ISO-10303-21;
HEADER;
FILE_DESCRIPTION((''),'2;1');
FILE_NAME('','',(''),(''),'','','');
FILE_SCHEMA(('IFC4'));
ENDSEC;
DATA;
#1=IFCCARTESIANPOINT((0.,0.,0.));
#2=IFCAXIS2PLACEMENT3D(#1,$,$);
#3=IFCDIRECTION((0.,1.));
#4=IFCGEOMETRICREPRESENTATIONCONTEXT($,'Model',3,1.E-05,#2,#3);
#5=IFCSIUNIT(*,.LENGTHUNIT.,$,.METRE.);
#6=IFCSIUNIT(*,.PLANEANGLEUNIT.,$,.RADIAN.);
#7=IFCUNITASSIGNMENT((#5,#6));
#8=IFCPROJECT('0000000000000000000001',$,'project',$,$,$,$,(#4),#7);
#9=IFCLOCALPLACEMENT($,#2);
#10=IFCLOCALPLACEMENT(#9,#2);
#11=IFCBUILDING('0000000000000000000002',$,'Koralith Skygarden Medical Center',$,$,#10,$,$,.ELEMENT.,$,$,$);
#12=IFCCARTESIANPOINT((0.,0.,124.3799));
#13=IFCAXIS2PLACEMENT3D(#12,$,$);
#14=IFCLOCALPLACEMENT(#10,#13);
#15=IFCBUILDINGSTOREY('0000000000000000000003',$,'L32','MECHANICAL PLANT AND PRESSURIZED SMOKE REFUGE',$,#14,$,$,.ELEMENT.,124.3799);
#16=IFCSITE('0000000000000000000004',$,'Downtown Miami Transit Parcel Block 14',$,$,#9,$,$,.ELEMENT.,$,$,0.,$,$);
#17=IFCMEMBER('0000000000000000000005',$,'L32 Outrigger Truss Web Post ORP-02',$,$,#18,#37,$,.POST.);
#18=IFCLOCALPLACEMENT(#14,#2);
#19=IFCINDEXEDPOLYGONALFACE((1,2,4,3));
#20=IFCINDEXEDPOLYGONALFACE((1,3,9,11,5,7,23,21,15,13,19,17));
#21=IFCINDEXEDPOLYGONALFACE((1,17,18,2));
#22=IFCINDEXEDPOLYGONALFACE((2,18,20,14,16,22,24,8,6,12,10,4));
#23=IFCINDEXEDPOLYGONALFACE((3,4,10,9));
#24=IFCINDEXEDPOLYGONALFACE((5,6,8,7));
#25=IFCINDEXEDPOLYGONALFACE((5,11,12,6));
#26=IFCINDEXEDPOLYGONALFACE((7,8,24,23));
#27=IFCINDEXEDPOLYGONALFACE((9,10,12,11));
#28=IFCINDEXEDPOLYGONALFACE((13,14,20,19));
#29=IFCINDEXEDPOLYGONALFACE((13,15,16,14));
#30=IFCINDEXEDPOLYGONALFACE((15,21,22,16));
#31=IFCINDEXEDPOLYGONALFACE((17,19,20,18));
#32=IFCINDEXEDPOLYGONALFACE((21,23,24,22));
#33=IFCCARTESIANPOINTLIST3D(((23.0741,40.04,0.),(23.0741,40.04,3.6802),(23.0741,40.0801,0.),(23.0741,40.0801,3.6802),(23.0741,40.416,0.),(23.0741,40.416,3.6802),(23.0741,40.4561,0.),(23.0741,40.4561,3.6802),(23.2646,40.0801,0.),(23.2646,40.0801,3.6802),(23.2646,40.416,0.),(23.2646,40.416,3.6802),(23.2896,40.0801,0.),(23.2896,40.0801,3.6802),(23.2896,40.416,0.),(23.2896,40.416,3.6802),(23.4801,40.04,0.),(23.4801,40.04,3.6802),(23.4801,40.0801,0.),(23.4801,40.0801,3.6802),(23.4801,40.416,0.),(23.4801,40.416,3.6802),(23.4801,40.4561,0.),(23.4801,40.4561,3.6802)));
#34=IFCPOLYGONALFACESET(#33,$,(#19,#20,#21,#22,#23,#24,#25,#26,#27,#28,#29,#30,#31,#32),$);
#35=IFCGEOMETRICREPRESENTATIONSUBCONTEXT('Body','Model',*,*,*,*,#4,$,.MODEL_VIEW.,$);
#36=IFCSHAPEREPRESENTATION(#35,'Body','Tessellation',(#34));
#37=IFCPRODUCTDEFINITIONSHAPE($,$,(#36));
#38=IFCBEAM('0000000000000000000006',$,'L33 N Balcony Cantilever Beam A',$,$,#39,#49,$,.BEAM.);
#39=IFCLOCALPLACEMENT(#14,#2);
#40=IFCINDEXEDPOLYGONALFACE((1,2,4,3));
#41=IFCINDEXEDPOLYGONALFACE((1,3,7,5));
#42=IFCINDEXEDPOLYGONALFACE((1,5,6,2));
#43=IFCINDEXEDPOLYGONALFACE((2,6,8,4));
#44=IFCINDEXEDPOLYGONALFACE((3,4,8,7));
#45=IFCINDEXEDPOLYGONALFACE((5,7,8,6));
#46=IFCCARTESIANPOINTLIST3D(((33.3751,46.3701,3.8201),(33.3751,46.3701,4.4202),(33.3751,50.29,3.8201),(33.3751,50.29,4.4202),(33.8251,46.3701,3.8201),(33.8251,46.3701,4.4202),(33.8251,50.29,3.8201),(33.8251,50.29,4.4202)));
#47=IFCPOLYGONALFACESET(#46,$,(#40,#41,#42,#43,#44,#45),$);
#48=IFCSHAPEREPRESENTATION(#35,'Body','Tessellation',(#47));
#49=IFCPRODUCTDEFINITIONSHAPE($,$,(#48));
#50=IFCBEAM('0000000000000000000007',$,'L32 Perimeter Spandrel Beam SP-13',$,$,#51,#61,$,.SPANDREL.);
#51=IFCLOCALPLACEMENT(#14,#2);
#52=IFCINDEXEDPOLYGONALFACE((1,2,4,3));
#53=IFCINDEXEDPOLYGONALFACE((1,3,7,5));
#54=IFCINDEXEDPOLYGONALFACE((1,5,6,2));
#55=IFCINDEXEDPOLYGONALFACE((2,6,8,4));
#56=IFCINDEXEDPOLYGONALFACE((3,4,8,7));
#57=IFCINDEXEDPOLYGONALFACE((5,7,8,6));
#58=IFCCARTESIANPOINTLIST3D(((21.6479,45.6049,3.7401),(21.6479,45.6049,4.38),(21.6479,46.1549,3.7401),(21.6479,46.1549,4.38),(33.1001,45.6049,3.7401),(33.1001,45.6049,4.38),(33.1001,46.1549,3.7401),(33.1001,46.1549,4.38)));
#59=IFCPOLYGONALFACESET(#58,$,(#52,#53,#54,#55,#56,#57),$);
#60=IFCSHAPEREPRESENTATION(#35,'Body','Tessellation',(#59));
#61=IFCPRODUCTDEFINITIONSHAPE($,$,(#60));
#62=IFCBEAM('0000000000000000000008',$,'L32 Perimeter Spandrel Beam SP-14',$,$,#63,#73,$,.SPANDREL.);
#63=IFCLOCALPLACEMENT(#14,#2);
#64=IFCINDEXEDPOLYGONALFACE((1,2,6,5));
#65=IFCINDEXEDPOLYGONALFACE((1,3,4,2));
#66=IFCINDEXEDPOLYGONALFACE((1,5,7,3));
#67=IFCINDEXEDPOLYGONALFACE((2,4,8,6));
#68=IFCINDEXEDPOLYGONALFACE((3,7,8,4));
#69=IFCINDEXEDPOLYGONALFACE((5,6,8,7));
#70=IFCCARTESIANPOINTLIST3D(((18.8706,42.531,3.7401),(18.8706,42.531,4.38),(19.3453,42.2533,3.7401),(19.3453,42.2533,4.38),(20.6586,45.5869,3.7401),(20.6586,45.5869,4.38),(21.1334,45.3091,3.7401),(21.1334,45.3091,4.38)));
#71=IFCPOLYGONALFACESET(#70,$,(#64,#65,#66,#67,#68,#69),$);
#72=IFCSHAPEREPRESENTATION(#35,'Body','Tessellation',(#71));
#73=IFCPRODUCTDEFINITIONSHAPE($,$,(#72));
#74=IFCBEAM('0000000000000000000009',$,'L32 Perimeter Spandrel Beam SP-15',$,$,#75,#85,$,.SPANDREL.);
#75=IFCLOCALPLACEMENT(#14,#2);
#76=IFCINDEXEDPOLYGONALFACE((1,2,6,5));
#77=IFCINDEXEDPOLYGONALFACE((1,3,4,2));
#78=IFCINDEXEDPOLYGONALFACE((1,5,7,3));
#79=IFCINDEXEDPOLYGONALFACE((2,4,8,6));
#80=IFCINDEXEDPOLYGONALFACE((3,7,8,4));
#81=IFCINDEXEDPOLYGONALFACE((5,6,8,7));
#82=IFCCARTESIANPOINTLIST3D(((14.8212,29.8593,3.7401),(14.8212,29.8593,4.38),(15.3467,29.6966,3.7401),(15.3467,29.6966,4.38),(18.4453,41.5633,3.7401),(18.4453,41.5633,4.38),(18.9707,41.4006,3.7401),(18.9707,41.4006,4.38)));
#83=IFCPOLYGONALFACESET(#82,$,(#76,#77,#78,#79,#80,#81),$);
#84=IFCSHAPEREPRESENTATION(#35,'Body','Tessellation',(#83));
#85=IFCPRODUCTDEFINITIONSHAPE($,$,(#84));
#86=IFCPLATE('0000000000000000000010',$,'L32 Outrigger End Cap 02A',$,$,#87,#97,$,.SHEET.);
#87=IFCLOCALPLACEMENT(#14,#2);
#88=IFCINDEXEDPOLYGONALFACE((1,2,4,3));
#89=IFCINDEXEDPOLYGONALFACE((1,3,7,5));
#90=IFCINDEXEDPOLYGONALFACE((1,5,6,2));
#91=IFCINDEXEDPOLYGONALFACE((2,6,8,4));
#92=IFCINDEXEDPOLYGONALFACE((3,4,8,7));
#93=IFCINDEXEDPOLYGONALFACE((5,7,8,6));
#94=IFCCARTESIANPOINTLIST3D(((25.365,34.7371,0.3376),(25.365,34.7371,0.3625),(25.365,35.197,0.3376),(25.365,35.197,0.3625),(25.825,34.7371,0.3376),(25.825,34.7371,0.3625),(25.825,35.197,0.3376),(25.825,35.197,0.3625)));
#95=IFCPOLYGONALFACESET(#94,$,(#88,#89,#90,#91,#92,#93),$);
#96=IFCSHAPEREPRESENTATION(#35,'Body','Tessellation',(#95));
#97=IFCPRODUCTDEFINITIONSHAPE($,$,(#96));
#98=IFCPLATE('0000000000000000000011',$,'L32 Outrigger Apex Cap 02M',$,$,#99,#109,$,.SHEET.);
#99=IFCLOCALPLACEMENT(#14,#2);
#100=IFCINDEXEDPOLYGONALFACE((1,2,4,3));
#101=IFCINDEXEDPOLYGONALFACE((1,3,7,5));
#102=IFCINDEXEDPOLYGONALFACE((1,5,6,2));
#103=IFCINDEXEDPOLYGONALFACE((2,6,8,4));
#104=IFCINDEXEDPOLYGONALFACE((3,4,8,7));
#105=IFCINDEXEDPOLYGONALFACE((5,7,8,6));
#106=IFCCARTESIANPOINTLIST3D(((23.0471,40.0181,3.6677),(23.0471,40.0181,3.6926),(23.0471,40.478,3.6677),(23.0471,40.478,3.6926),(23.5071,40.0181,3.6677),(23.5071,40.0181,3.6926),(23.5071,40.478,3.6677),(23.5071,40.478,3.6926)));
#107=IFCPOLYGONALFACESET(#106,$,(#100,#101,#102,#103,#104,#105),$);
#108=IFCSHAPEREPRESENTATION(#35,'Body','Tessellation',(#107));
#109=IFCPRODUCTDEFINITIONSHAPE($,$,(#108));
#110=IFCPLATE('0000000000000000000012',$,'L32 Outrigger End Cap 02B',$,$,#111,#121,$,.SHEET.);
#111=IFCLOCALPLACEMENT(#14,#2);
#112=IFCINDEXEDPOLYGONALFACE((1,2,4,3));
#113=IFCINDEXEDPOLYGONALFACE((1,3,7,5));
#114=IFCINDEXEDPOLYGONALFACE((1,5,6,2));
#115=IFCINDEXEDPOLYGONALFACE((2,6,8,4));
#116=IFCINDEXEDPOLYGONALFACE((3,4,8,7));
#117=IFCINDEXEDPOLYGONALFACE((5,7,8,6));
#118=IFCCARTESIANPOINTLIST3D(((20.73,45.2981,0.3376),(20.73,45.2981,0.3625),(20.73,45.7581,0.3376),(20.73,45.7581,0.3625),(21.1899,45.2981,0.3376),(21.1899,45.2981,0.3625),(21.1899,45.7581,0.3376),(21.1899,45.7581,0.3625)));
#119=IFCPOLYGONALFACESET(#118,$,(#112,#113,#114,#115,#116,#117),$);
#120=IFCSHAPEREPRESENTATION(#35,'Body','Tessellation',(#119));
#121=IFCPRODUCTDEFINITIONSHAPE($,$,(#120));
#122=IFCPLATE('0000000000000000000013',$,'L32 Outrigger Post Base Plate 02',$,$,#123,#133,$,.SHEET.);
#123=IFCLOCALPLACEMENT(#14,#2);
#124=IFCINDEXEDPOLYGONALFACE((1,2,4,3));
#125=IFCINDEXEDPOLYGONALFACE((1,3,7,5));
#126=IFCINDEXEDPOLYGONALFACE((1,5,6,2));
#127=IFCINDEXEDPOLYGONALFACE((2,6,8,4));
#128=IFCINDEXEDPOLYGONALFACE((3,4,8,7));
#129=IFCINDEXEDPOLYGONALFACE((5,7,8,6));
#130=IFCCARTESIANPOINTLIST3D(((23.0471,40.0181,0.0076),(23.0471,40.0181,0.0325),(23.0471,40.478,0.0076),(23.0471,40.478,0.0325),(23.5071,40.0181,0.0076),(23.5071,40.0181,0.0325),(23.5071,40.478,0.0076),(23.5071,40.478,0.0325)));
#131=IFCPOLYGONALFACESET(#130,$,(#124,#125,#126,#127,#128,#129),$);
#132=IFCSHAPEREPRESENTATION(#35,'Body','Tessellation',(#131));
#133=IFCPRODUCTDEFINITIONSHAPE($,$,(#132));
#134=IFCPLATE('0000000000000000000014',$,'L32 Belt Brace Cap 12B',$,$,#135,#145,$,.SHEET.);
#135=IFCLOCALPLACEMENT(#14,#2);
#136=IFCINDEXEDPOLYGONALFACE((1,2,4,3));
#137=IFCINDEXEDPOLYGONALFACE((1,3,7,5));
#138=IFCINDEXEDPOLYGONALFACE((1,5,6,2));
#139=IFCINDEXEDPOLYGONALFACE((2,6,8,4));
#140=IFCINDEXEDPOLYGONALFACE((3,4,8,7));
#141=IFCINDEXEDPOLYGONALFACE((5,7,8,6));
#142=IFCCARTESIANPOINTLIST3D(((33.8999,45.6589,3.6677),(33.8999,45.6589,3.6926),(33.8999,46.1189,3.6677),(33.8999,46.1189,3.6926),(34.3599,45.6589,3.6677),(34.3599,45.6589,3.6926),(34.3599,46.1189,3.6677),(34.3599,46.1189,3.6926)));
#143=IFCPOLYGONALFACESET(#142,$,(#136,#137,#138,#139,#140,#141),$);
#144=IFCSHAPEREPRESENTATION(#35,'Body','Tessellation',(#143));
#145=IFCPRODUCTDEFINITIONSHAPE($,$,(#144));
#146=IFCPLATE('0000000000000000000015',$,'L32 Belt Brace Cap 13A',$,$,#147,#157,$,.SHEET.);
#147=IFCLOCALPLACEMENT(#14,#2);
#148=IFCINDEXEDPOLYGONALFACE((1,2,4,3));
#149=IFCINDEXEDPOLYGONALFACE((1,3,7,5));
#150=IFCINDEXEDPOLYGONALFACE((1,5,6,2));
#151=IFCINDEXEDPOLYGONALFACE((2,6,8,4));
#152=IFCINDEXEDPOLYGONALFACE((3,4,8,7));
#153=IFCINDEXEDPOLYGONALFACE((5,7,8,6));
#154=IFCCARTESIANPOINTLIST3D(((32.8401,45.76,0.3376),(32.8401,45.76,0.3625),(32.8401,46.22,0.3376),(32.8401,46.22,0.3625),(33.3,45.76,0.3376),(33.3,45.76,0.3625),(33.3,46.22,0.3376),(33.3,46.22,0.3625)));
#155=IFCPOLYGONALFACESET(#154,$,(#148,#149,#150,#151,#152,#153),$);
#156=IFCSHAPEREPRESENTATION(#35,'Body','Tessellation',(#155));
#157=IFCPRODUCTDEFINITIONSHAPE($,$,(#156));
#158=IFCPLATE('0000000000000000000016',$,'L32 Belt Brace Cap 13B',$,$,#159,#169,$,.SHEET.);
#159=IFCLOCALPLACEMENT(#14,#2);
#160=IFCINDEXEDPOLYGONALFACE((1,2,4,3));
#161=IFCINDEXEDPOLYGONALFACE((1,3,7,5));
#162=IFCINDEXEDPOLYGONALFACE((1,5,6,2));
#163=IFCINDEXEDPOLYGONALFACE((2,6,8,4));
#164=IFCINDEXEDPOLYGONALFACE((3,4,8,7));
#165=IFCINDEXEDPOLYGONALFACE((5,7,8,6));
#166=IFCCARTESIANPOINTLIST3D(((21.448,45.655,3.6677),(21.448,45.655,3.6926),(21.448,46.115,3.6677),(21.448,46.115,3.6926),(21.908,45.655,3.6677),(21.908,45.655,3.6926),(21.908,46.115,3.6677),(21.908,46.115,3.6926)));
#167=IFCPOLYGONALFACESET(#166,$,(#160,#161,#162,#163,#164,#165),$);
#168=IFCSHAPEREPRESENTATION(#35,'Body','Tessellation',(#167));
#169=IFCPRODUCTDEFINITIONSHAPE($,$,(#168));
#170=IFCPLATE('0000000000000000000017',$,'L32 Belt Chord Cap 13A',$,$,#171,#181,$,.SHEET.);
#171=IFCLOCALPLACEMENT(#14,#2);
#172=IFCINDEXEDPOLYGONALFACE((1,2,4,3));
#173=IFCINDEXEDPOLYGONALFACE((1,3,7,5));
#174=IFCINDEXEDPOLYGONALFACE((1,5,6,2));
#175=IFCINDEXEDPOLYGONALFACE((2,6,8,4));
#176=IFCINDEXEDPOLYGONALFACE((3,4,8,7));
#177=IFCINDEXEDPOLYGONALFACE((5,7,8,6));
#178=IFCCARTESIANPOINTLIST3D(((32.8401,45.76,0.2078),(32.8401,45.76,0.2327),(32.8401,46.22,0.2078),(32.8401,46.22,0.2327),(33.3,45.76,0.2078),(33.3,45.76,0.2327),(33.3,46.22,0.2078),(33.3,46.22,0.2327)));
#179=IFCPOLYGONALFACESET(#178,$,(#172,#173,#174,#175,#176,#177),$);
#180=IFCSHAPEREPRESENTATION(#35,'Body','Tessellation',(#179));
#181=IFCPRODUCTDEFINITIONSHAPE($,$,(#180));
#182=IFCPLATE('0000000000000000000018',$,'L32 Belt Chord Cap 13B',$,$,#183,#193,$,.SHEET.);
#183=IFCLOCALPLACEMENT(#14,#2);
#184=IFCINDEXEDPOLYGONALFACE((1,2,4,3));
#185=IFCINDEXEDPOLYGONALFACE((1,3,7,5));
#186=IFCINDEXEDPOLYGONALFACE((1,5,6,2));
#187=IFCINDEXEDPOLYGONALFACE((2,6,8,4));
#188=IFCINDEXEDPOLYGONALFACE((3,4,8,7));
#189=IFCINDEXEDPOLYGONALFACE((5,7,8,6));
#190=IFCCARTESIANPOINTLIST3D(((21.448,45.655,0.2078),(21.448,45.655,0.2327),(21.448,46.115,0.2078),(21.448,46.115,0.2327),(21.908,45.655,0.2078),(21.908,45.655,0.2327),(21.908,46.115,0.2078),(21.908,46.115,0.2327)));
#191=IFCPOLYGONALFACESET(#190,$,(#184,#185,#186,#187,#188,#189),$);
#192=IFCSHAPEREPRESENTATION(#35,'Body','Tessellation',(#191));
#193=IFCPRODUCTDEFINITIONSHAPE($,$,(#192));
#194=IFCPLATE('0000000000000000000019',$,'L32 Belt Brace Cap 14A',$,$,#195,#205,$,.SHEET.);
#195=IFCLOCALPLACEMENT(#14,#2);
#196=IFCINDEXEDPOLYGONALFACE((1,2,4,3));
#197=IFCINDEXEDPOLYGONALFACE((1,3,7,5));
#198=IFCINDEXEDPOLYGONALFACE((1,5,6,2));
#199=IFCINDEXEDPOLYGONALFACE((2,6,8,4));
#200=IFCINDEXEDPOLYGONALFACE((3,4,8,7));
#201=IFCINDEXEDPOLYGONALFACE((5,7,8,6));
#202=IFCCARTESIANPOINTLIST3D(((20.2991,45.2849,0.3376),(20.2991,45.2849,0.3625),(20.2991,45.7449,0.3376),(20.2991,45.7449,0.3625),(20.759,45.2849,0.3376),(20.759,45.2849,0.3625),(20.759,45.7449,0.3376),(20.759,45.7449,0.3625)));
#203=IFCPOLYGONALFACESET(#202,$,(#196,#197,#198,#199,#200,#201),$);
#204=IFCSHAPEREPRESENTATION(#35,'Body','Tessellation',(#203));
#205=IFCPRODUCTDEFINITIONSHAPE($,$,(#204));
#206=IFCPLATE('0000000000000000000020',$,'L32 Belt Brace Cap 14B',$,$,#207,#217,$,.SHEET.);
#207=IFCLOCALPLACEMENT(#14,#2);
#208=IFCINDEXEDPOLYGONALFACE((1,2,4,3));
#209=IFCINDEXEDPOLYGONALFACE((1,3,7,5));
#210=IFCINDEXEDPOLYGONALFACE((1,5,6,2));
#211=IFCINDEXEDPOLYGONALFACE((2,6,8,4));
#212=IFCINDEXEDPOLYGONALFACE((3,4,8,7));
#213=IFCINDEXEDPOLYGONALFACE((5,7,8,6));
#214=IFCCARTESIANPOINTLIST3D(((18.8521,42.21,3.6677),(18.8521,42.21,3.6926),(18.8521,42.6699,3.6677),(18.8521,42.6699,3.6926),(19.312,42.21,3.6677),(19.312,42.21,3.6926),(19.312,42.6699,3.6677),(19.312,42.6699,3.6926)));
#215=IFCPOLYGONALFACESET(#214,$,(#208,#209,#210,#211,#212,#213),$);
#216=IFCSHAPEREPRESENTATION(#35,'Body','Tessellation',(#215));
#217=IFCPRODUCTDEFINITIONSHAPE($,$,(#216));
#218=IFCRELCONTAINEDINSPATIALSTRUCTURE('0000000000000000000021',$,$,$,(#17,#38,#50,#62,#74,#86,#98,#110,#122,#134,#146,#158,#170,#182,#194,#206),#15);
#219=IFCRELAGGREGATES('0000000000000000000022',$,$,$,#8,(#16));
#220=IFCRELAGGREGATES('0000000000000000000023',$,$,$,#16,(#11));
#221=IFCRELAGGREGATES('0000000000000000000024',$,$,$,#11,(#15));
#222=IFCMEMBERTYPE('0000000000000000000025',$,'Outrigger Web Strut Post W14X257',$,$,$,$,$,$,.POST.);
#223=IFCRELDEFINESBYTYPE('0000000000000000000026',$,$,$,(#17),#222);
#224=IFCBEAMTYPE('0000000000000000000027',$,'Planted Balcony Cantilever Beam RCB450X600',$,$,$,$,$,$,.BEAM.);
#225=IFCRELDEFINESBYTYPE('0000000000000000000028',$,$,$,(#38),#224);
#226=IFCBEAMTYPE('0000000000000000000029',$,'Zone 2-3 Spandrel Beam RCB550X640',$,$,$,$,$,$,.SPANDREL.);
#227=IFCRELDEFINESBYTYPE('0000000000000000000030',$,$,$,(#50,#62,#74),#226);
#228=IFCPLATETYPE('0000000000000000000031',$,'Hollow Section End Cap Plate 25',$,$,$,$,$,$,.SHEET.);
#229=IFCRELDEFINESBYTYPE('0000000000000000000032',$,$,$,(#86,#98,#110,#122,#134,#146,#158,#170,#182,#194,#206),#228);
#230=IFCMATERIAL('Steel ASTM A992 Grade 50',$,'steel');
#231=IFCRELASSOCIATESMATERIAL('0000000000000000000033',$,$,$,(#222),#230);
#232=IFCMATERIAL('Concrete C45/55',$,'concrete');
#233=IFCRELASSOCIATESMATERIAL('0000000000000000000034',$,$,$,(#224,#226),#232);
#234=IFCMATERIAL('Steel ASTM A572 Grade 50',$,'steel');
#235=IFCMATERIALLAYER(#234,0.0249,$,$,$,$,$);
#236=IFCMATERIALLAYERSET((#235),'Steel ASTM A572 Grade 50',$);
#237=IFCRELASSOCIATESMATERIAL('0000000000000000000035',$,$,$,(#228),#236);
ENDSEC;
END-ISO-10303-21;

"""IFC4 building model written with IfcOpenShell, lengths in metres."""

from ifc_helpers import new_model, si_unit, direction, frame, origin, origin_2d, place, context, subcontext, project, spatial, rectangle, i_section, extrude, material, layer, layer_set, material_profile, profile_set, type_object, element, save


model = new_model("IFC4")

# Units and contexts
model_context = context("Model", 3, precision=1e-05, world=origin(), true_north=direction((0.0, 1.0)))
body_context = subcontext(model_context, "Body", "Model", "MODEL_VIEW")
ifc_project = project(units=[si_unit("LENGTHUNIT", "METRE"), si_unit("PLANEANGLEUNIT", "RADIAN")], contexts=[model_context])

# Site, building, storey
site_placement = place(None, origin())
site = spatial("IfcSite", under=ifc_project, at=site_placement, Name="Downtown Miami Transit Parcel Block 14", CompositionType="ELEMENT", RefElevation=0.0)
building_placement = place(site_placement, origin())
building = spatial("IfcBuilding", under=site, at=building_placement, Name="Koralith Skygarden Medical Center", CompositionType="ELEMENT")
storey_placement = place(building_placement, frame((0.0, 0.0, 124.3799)))
storey = spatial("IfcBuildingStorey", under=building, at=storey_placement, Name="L32", Description="MECHANICAL PLANT AND PRESSURIZED SMOKE REFUGE", CompositionType="ELEMENT", Elevation=124.3799)

# Shared definitions
ifc_material_1 = material(Name="Steel ASTM A992 Grade 50", Category="steel")

# Member
ifc_material_profile_1 = material_profile(ifc_material_1, i_section(OverallWidth=0.406, OverallDepth=0.416, WebThickness=0.0249, FlangeThickness=0.04, at=origin_2d()), Name="W14X257")
ifc_profile_set_1 = profile_set([ifc_material_profile_1], Name="Steel ASTM A992 Grade 50")
member_type_1 = type_object("IfcMemberType", Name="Outrigger Web Strut Post W14X257", PredefinedType="POST", material=ifc_profile_set_1)
member_1_placement = place(storey_placement, frame((23.2771, 40.248, 0.0), z_axis=(0.0, 0.0, 1.0), x_axis=(1.0, 0.0, 0.0)))
element("IfcMember", 1, at=member_1_placement, inside=storey, type_object=member_type_1, Name="L32 Outrigger Truss Web Post ORP-02", PredefinedType="POST", context=body_context, shape_type="SweptSolid", body=[
    extrude(i_section(OverallWidth=0.406, OverallDepth=0.416, WebThickness=0.0249, FlangeThickness=0.04, at=origin_2d()), origin(), (0.0, 0.0, 1.0), 3.6802),
])

# Beams
ifc_material_2 = material(Name="Concrete C45/55", Category="concrete")
ifc_material_profile_2 = material_profile(ifc_material_2, rectangle(XDim=0.45, YDim=0.6001, at=origin_2d()), Name="RCB450X600")
ifc_profile_set_2 = profile_set([ifc_material_profile_2], Name="Concrete C45/55")
beam_type_1 = type_object("IfcBeamType", Name="Planted Balcony Cantilever Beam RCB450X600", PredefinedType="BEAM", material=ifc_profile_set_2)
beam_1_placement = place(storey_placement, frame((33.6001, 46.3701, 4.1201), z_axis=(0.0, 1.0, 0.0), x_axis=(-1.0, 0.0, 0.0)))
element("IfcBeam", 2, at=beam_1_placement, inside=storey, type_object=beam_type_1, Name="L33 N Balcony Cantilever Beam A", PredefinedType="BEAM", context=body_context, shape_type="SweptSolid", body=[
    extrude(rectangle(XDim=0.45, YDim=0.6001, at=origin_2d()), origin(), (0.0, 0.0, 1.0), 3.9199),
])
ifc_material_profile_3 = material_profile(ifc_material_2, rectangle(XDim=0.55, YDim=0.6399, at=origin_2d()), Name="RCB550X640")
ifc_profile_set_3 = profile_set([ifc_material_profile_3], Name="Concrete C45/55")
beam_type_2 = type_object("IfcBeamType", Name="Zone 2-3 Spandrel Beam RCB550X640", PredefinedType="SPANDREL", material=ifc_profile_set_3)
beam_2_placement = place(storey_placement, frame((33.1001, 45.8799, 4.0601), z_axis=(-1.0, 0.0, 0.0), x_axis=(0.0, -1.0, 0.0)))
element("IfcBeam", 3, at=beam_2_placement, inside=storey, type_object=beam_type_2, Name="L32 Perimeter Spandrel Beam SP-13", PredefinedType="SPANDREL", context=body_context, shape_type="SweptSolid", body=[
    extrude(rectangle(XDim=0.55, YDim=0.6399, at=origin_2d()), origin(), (0.0, 0.0, 1.0), 11.4521),
])
beam_3_placement = place(storey_placement, frame((20.896, 45.448, 4.0601), z_axis=(-0.505024, -0.863105, 0.0), x_axis=(0.863105, -0.505024, 0.0)))
element("IfcBeam", 4, at=beam_3_placement, inside=storey, type_object=beam_type_2, Name="L32 Perimeter Spandrel Beam SP-14", PredefinedType="SPANDREL", context=body_context, shape_type="SweptSolid", body=[
    extrude(rectangle(XDim=0.55, YDim=0.6399, at=origin_2d()), origin(), (0.0, 0.0, 1.0), 3.5405),
])
beam_4_placement = place(storey_placement, frame((18.708, 41.4819, 4.0601), z_axis=(-0.295788, -0.955254, 0.0), x_axis=(0.955254, -0.295788, 0.0)))
element("IfcBeam", 5, at=beam_4_placement, inside=storey, type_object=beam_type_2, Name="L32 Perimeter Spandrel Beam SP-15", PredefinedType="SPANDREL", context=body_context, shape_type="SweptSolid", body=[
    extrude(rectangle(XDim=0.55, YDim=0.6399, at=origin_2d()), origin(), (0.0, 0.0, 1.0), 12.2522),
])

# Plates
ifc_material_3 = material(Name="Steel ASTM A572 Grade 50", Category="steel")
ifc_layer_1 = layer(ifc_material_3, 0.0249)
ifc_layer_set_1 = layer_set([ifc_layer_1], Name="Steel ASTM A572 Grade 50")
plate_type_1 = type_object("IfcPlateType", Name="Hollow Section End Cap Plate 25", PredefinedType="SHEET", material=ifc_layer_set_1)
for number, where, z_axis, x_axis, name in (
    (6, (25.595, 34.967, 0.3376), (0.0, 0.0, 1.0), (1.0, 0.0, 0.0), "L32 Outrigger End Cap 02A"),
    (7, (23.2771, 40.248, 3.6677), (0.0, 0.0, 1.0), (1.0, 0.0, 0.0), "L32 Outrigger Apex Cap 02M"),
    (8, (20.96, 45.5281, 0.3376), (0.0, 0.0, 1.0), (1.0, 0.0, 0.0), "L32 Outrigger End Cap 02B"),
    (9, (23.2771, 40.248, 0.0076), (0.0, 0.0, 1.0), (1.0, 0.0, 0.0), "L32 Outrigger Post Base Plate 02"),
    (10, (34.1299, 45.8889, 3.6677), (0.0, 0.0, 1.0), (1.0, 0.0, 0.0), "L32 Belt Brace Cap 12B"),
    (11, (33.0701, 45.99, 0.3376), (0.0, 0.0, 1.0), (1.0, 0.0, 0.0), "L32 Belt Brace Cap 13A"),
    (12, (21.678, 45.885, 3.6677), (0.0, 0.0, 1.0), (1.0, 0.0, 0.0), "L32 Belt Brace Cap 13B"),
    (13, (33.0701, 45.99, 0.2078), (0.0, 0.0, 1.0), (1.0, 0.0, 0.0), "L32 Belt Chord Cap 13A"),
    (14, (21.678, 45.885, 0.2078), (0.0, 0.0, 1.0), (1.0, 0.0, 0.0), "L32 Belt Chord Cap 13B"),
    (15, (20.5291, 45.5149, 0.3376), (0.0, 0.0, 1.0), (1.0, 0.0, 0.0), "L32 Belt Brace Cap 14A"),
    (16, (19.082, 42.4399, 3.6677), (0.0, 0.0, 1.0), (1.0, 0.0, 0.0), "L32 Belt Brace Cap 14B"),
):
    element("IfcPlate", number, at=place(storey_placement, frame(where, z_axis=z_axis, x_axis=x_axis)), inside=storey, type_object=plate_type_1, Name=name, PredefinedType="SHEET", context=body_context, shape_type="SweptSolid", body=[
        extrude(rectangle(XDim=0.46, YDim=0.46, at=origin_2d()), origin(), (0.0, 0.0, 1.0), 0.0249),
    ])

save(model, "model.ifc")
